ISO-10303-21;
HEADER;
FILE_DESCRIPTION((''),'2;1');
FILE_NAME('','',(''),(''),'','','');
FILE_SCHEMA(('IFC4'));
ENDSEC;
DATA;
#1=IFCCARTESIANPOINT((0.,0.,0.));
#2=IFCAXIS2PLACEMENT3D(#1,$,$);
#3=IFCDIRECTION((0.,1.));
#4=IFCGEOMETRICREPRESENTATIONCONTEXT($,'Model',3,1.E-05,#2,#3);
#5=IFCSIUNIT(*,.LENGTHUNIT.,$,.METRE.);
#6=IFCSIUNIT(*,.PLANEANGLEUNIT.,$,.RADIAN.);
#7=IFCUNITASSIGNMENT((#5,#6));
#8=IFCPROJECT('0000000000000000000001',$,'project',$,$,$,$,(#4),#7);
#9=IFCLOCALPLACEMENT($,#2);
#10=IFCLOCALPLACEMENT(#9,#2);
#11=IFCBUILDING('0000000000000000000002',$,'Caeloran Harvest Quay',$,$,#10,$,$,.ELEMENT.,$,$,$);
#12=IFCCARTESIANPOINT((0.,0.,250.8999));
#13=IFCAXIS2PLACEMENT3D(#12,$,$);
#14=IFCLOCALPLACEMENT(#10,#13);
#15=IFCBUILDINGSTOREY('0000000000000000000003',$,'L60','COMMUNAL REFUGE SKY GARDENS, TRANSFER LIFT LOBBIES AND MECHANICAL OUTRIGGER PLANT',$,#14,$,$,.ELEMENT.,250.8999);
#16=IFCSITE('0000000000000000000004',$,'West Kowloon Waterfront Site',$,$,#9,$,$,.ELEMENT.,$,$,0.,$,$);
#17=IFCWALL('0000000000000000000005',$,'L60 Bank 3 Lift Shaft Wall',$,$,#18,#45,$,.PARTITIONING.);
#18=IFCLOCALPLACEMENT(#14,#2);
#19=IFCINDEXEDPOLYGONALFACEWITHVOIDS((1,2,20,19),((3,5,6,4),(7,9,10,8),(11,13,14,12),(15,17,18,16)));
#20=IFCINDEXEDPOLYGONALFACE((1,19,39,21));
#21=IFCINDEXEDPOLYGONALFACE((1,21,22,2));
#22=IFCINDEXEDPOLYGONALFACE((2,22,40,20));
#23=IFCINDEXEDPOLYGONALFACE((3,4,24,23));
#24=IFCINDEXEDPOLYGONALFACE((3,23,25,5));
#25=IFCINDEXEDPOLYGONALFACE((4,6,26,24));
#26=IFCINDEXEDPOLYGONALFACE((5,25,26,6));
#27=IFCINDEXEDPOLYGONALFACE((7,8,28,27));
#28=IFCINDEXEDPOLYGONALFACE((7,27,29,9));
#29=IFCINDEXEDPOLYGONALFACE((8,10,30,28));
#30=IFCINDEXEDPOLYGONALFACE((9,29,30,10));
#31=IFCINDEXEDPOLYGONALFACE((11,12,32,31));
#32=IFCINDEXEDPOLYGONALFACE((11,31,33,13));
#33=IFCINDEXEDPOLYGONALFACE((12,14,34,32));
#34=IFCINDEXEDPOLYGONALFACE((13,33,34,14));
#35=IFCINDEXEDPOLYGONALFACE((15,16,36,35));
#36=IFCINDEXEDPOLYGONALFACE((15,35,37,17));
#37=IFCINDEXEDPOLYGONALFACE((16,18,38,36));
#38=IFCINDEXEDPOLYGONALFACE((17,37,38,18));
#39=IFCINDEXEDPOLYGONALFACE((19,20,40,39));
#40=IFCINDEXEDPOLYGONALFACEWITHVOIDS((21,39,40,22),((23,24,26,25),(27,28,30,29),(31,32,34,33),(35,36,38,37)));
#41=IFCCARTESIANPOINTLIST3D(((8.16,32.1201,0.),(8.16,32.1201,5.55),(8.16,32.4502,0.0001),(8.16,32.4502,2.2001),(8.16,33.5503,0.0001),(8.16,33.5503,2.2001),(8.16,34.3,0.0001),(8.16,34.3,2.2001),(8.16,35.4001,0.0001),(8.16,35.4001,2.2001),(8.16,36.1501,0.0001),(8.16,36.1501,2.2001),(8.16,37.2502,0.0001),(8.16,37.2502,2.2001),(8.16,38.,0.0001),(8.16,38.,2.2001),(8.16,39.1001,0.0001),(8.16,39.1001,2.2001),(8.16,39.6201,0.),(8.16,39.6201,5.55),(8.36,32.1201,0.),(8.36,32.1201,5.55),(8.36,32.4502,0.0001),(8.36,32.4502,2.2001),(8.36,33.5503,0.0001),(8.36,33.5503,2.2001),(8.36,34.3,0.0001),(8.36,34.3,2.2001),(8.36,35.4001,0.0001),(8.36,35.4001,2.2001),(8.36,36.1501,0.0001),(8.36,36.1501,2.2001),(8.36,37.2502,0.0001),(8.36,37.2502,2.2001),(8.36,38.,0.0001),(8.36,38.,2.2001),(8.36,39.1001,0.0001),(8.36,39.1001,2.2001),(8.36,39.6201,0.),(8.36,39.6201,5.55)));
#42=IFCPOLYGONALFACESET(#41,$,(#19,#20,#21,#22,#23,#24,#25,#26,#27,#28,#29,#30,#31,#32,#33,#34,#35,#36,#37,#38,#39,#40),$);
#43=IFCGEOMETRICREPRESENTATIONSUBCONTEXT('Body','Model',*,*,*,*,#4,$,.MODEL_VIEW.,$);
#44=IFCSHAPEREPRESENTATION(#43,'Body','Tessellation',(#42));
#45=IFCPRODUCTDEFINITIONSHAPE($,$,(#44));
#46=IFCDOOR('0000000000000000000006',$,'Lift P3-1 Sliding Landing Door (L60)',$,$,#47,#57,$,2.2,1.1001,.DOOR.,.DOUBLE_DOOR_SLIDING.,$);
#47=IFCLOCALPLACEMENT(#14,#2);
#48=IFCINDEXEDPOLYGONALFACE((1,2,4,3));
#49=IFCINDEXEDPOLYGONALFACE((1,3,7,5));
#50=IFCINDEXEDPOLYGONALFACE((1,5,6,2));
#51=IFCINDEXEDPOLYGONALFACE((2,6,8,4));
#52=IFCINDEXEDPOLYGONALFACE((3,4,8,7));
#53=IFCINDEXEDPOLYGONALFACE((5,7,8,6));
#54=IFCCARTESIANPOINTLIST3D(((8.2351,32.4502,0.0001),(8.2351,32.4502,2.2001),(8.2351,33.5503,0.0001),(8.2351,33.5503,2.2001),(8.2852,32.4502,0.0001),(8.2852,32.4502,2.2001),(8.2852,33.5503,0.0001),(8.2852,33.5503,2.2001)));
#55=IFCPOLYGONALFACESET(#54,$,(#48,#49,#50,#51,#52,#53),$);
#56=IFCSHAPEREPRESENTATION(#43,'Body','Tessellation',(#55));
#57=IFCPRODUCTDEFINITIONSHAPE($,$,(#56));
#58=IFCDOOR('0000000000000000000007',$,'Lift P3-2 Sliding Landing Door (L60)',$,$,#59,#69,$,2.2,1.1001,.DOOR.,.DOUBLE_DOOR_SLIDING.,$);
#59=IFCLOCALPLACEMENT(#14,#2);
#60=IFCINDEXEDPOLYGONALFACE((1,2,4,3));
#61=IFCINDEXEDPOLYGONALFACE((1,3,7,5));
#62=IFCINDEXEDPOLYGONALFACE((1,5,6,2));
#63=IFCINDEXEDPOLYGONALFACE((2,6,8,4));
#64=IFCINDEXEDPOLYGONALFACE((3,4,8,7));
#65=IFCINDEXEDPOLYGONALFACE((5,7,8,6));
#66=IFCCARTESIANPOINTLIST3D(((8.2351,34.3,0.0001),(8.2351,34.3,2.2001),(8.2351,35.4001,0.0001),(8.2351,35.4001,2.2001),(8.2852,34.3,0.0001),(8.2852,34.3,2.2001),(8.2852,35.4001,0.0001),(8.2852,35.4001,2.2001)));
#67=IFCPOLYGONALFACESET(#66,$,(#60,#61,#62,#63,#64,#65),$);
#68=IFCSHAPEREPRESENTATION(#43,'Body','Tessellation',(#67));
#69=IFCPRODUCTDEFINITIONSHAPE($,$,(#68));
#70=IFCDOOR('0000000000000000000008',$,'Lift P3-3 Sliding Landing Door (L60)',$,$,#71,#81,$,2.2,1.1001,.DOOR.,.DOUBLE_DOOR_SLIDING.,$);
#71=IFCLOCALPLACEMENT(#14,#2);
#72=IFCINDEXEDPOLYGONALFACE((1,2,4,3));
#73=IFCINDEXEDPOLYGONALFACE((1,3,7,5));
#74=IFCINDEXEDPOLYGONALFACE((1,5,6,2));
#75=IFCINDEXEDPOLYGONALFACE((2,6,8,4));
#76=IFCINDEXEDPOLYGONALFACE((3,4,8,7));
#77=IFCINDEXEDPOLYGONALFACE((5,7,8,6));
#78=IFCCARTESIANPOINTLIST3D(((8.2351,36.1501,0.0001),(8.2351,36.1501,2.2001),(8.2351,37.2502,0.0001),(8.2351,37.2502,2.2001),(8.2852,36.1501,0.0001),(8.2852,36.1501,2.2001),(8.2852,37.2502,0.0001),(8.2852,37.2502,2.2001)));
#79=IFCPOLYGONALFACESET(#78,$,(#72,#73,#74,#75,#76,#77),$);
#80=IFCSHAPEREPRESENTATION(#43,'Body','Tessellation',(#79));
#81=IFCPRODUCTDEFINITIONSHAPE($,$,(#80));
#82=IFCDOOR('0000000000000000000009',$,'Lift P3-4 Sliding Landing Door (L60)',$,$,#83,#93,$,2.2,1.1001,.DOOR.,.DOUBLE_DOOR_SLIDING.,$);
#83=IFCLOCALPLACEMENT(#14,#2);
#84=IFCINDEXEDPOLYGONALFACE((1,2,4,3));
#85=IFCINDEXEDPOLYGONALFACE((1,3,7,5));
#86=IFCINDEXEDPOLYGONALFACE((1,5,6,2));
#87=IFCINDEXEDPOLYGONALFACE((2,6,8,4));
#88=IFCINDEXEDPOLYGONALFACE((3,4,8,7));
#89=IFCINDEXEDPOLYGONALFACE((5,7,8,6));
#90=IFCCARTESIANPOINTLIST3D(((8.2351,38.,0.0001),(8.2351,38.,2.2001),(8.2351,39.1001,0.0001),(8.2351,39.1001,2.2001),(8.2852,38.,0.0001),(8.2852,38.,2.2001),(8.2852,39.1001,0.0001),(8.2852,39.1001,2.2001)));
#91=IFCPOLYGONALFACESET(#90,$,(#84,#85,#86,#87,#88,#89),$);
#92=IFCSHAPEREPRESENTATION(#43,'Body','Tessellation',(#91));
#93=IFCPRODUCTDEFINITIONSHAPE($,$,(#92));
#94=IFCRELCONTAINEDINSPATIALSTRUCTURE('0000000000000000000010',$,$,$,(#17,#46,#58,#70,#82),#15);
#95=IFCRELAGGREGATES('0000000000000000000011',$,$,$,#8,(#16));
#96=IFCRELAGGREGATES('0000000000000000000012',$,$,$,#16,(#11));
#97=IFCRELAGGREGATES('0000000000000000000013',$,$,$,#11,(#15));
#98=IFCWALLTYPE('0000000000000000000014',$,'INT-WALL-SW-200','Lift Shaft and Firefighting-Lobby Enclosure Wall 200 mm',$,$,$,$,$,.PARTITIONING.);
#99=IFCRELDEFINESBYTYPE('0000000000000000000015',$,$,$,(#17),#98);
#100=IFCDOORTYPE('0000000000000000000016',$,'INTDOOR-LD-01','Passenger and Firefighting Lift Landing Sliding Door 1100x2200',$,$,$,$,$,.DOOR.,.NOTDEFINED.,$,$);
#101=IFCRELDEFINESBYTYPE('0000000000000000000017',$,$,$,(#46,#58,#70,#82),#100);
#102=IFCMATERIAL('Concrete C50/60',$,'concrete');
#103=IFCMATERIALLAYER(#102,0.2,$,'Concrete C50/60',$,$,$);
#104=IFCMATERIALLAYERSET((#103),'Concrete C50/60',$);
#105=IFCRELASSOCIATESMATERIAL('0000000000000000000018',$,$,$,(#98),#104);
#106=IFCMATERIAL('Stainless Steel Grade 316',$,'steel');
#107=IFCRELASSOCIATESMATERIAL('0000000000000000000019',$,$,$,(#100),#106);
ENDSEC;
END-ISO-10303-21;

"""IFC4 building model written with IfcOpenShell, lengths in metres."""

from ifc_helpers import new_model, si_unit, direction, frame, frame_2d, origin, place, context, subcontext, project, spatial, rectangle, extrude, material, layer, layer_set, type_object, element, fill, save


model = new_model("IFC4")

# Units and contexts
model_context = context("Model", 3, precision=1e-05, world=origin(), true_north=direction((0.0, 1.0)))
body_context = subcontext(model_context, "Body", "Model", "MODEL_VIEW")
ifc_project = project(units=[si_unit("LENGTHUNIT", "METRE"), si_unit("PLANEANGLEUNIT", "RADIAN")], contexts=[model_context])

# Site, building, storey
site_placement = place(None, origin())
site = spatial("IfcSite", under=ifc_project, at=site_placement, Name="West Kowloon Waterfront Site", CompositionType="ELEMENT", RefElevation=0.0)
building_placement = place(site_placement, origin())
building = spatial("IfcBuilding", under=site, at=building_placement, Name="Caeloran Harvest Quay", CompositionType="ELEMENT")
storey_placement = place(building_placement, frame((0.0, 0.0, 250.8999)))
storey = spatial("IfcBuildingStorey", under=building, at=storey_placement, Name="L60", Description="COMMUNAL REFUGE SKY GARDENS, TRANSFER LIFT LOBBIES AND MECHANICAL OUTRIGGER PLANT", CompositionType="ELEMENT", Elevation=250.8999)

# Wall, openings, doors
ifc_material_1 = material(Name="Concrete C50/60", Category="concrete")
ifc_layer_1 = layer(ifc_material_1, 0.2, Name="Concrete C50/60")
ifc_layer_set_1 = layer_set([ifc_layer_1], Name="Concrete C50/60")
wall_type_1 = type_object("IfcWallType", Name="INT-WALL-SW-200", Description="Lift Shaft and Firefighting-Lobby Enclosure Wall 200 mm", PredefinedType="PARTITIONING", material=ifc_layer_set_1)
wall_1_placement = place(storey_placement, frame((8.26, 32.1201, 0.0), z_axis=(0.0, 0.0, 1.0), x_axis=(0.0, 1.0, 0.0)))
wall_1 = element("IfcWall", 1, at=wall_1_placement, inside=storey, type_object=wall_type_1, Name="L60 Bank 3 Lift Shaft Wall", PredefinedType="PARTITIONING", context=body_context, shape_type="SweptSolid", body=[
    extrude(rectangle(XDim=7.5, YDim=0.2, at=frame_2d((3.75, 0.0))), origin(), (0.0, 0.0, 1.0), 5.55),
])
opening_1_placement = place(wall_1_placement, frame((0.3301, 0.0, 0.0)))
opening_1 = element("IfcOpeningElement", 2, at=opening_1_placement, cuts=wall_1, PredefinedType="OPENING", context=body_context, shape_type="SweptSolid", body=[
    extrude(rectangle(XDim=1.1001, YDim=2.2, at=frame_2d((0.55, 1.1001))), frame((0.0, 0.1099, 0.0), z_axis=(0.0, -1.0, 0.0), x_axis=(1.0, 0.0, 0.0)), (0.0, 0.0, 1.0), 0.22),
])
opening_2_placement = place(wall_1_placement, frame((2.1799, 0.0, 0.0)))
opening_2 = element("IfcOpeningElement", 3, at=opening_2_placement, cuts=wall_1, PredefinedType="OPENING", context=body_context, shape_type="SweptSolid", body=[
    extrude(rectangle(XDim=1.1001, YDim=2.2, at=frame_2d((0.55, 1.1001))), frame((0.0, 0.1099, 0.0), z_axis=(0.0, -1.0, 0.0), x_axis=(1.0, 0.0, 0.0)), (0.0, 0.0, 1.0), 0.22),
])
opening_3_placement = place(wall_1_placement, frame((4.03, 0.0, 0.0)))
opening_3 = element("IfcOpeningElement", 4, at=opening_3_placement, cuts=wall_1, PredefinedType="OPENING", context=body_context, shape_type="SweptSolid", body=[
    extrude(rectangle(XDim=1.1001, YDim=2.2, at=frame_2d((0.55, 1.1001))), frame((0.0, 0.1099, 0.0), z_axis=(0.0, -1.0, 0.0), x_axis=(1.0, 0.0, 0.0)), (0.0, 0.0, 1.0), 0.22),
])
opening_4_placement = place(wall_1_placement, frame((5.8799, 0.0, 0.0)))
opening_4 = element("IfcOpeningElement", 5, at=opening_4_placement, cuts=wall_1, PredefinedType="OPENING", context=body_context, shape_type="SweptSolid", body=[
    extrude(rectangle(XDim=1.1001, YDim=2.2, at=frame_2d((0.55, 1.1001))), frame((0.0, 0.1099, 0.0), z_axis=(0.0, -1.0, 0.0), x_axis=(1.0, 0.0, 0.0)), (0.0, 0.0, 1.0), 0.22),
])
ifc_material_2 = material(Name="Stainless Steel Grade 316", Category="steel")
door_type_1 = type_object("IfcDoorType", Name="INTDOOR-LD-01", Description="Passenger and Firefighting Lift Landing Sliding Door 1100x2200", OperationType="NOTDEFINED", PredefinedType="DOOR", material=ifc_material_2)
door_1_placement = place(opening_1_placement, origin())
door_1 = element("IfcDoor", 6, at=door_1_placement, inside=storey, type_object=door_type_1, Name="Lift P3-1 Sliding Landing Door (L60)", OperationType="DOUBLE_DOOR_SLIDING", OverallHeight=2.2, OverallWidth=1.1001, PredefinedType="DOOR", context=body_context, shape_type="SweptSolid", body=[
    extrude(rectangle(XDim=1.1001, YDim=2.2, at=frame_2d((0.55, 1.1001))), frame((0.0, 0.0249, 0.0), z_axis=(0.0, -1.0, 0.0), x_axis=(1.0, 0.0, 0.0)), (0.0, 0.0, 1.0), 0.05),
])
fill(opening_1, door_1)
door_2_placement = place(opening_2_placement, origin())
door_2 = element("IfcDoor", 7, at=door_2_placement, inside=storey, type_object=door_type_1, Name="Lift P3-2 Sliding Landing Door (L60)", OperationType="DOUBLE_DOOR_SLIDING", OverallHeight=2.2, OverallWidth=1.1001, PredefinedType="DOOR", context=body_context, shape_type="SweptSolid", body=[
    extrude(rectangle(XDim=1.1001, YDim=2.2, at=frame_2d((0.55, 1.1001))), frame((0.0, 0.0249, 0.0), z_axis=(0.0, -1.0, 0.0), x_axis=(1.0, 0.0, 0.0)), (0.0, 0.0, 1.0), 0.05),
])
fill(opening_2, door_2)
door_3_placement = place(opening_3_placement, origin())
door_3 = element("IfcDoor", 8, at=door_3_placement, inside=storey, type_object=door_type_1, Name="Lift P3-3 Sliding Landing Door (L60)", OperationType="DOUBLE_DOOR_SLIDING", OverallHeight=2.2, OverallWidth=1.1001, PredefinedType="DOOR", context=body_context, shape_type="SweptSolid", body=[
    extrude(rectangle(XDim=1.1001, YDim=2.2, at=frame_2d((0.55, 1.1001))), frame((0.0, 0.0249, 0.0), z_axis=(0.0, -1.0, 0.0), x_axis=(1.0, 0.0, 0.0)), (0.0, 0.0, 1.0), 0.05),
])
fill(opening_3, door_3)
door_4_placement = place(opening_4_placement, origin())
door_4 = element("IfcDoor", 9, at=door_4_placement, inside=storey, type_object=door_type_1, Name="Lift P3-4 Sliding Landing Door (L60)", OperationType="DOUBLE_DOOR_SLIDING", OverallHeight=2.2, OverallWidth=1.1001, PredefinedType="DOOR", context=body_context, shape_type="SweptSolid", body=[
    extrude(rectangle(XDim=1.1001, YDim=2.2, at=frame_2d((0.55, 1.1001))), frame((0.0, 0.0249, 0.0), z_axis=(0.0, -1.0, 0.0), x_axis=(1.0, 0.0, 0.0)), (0.0, 0.0, 1.0), 0.05),
])
fill(opening_4, door_4)

save(model, "model.ifc")
